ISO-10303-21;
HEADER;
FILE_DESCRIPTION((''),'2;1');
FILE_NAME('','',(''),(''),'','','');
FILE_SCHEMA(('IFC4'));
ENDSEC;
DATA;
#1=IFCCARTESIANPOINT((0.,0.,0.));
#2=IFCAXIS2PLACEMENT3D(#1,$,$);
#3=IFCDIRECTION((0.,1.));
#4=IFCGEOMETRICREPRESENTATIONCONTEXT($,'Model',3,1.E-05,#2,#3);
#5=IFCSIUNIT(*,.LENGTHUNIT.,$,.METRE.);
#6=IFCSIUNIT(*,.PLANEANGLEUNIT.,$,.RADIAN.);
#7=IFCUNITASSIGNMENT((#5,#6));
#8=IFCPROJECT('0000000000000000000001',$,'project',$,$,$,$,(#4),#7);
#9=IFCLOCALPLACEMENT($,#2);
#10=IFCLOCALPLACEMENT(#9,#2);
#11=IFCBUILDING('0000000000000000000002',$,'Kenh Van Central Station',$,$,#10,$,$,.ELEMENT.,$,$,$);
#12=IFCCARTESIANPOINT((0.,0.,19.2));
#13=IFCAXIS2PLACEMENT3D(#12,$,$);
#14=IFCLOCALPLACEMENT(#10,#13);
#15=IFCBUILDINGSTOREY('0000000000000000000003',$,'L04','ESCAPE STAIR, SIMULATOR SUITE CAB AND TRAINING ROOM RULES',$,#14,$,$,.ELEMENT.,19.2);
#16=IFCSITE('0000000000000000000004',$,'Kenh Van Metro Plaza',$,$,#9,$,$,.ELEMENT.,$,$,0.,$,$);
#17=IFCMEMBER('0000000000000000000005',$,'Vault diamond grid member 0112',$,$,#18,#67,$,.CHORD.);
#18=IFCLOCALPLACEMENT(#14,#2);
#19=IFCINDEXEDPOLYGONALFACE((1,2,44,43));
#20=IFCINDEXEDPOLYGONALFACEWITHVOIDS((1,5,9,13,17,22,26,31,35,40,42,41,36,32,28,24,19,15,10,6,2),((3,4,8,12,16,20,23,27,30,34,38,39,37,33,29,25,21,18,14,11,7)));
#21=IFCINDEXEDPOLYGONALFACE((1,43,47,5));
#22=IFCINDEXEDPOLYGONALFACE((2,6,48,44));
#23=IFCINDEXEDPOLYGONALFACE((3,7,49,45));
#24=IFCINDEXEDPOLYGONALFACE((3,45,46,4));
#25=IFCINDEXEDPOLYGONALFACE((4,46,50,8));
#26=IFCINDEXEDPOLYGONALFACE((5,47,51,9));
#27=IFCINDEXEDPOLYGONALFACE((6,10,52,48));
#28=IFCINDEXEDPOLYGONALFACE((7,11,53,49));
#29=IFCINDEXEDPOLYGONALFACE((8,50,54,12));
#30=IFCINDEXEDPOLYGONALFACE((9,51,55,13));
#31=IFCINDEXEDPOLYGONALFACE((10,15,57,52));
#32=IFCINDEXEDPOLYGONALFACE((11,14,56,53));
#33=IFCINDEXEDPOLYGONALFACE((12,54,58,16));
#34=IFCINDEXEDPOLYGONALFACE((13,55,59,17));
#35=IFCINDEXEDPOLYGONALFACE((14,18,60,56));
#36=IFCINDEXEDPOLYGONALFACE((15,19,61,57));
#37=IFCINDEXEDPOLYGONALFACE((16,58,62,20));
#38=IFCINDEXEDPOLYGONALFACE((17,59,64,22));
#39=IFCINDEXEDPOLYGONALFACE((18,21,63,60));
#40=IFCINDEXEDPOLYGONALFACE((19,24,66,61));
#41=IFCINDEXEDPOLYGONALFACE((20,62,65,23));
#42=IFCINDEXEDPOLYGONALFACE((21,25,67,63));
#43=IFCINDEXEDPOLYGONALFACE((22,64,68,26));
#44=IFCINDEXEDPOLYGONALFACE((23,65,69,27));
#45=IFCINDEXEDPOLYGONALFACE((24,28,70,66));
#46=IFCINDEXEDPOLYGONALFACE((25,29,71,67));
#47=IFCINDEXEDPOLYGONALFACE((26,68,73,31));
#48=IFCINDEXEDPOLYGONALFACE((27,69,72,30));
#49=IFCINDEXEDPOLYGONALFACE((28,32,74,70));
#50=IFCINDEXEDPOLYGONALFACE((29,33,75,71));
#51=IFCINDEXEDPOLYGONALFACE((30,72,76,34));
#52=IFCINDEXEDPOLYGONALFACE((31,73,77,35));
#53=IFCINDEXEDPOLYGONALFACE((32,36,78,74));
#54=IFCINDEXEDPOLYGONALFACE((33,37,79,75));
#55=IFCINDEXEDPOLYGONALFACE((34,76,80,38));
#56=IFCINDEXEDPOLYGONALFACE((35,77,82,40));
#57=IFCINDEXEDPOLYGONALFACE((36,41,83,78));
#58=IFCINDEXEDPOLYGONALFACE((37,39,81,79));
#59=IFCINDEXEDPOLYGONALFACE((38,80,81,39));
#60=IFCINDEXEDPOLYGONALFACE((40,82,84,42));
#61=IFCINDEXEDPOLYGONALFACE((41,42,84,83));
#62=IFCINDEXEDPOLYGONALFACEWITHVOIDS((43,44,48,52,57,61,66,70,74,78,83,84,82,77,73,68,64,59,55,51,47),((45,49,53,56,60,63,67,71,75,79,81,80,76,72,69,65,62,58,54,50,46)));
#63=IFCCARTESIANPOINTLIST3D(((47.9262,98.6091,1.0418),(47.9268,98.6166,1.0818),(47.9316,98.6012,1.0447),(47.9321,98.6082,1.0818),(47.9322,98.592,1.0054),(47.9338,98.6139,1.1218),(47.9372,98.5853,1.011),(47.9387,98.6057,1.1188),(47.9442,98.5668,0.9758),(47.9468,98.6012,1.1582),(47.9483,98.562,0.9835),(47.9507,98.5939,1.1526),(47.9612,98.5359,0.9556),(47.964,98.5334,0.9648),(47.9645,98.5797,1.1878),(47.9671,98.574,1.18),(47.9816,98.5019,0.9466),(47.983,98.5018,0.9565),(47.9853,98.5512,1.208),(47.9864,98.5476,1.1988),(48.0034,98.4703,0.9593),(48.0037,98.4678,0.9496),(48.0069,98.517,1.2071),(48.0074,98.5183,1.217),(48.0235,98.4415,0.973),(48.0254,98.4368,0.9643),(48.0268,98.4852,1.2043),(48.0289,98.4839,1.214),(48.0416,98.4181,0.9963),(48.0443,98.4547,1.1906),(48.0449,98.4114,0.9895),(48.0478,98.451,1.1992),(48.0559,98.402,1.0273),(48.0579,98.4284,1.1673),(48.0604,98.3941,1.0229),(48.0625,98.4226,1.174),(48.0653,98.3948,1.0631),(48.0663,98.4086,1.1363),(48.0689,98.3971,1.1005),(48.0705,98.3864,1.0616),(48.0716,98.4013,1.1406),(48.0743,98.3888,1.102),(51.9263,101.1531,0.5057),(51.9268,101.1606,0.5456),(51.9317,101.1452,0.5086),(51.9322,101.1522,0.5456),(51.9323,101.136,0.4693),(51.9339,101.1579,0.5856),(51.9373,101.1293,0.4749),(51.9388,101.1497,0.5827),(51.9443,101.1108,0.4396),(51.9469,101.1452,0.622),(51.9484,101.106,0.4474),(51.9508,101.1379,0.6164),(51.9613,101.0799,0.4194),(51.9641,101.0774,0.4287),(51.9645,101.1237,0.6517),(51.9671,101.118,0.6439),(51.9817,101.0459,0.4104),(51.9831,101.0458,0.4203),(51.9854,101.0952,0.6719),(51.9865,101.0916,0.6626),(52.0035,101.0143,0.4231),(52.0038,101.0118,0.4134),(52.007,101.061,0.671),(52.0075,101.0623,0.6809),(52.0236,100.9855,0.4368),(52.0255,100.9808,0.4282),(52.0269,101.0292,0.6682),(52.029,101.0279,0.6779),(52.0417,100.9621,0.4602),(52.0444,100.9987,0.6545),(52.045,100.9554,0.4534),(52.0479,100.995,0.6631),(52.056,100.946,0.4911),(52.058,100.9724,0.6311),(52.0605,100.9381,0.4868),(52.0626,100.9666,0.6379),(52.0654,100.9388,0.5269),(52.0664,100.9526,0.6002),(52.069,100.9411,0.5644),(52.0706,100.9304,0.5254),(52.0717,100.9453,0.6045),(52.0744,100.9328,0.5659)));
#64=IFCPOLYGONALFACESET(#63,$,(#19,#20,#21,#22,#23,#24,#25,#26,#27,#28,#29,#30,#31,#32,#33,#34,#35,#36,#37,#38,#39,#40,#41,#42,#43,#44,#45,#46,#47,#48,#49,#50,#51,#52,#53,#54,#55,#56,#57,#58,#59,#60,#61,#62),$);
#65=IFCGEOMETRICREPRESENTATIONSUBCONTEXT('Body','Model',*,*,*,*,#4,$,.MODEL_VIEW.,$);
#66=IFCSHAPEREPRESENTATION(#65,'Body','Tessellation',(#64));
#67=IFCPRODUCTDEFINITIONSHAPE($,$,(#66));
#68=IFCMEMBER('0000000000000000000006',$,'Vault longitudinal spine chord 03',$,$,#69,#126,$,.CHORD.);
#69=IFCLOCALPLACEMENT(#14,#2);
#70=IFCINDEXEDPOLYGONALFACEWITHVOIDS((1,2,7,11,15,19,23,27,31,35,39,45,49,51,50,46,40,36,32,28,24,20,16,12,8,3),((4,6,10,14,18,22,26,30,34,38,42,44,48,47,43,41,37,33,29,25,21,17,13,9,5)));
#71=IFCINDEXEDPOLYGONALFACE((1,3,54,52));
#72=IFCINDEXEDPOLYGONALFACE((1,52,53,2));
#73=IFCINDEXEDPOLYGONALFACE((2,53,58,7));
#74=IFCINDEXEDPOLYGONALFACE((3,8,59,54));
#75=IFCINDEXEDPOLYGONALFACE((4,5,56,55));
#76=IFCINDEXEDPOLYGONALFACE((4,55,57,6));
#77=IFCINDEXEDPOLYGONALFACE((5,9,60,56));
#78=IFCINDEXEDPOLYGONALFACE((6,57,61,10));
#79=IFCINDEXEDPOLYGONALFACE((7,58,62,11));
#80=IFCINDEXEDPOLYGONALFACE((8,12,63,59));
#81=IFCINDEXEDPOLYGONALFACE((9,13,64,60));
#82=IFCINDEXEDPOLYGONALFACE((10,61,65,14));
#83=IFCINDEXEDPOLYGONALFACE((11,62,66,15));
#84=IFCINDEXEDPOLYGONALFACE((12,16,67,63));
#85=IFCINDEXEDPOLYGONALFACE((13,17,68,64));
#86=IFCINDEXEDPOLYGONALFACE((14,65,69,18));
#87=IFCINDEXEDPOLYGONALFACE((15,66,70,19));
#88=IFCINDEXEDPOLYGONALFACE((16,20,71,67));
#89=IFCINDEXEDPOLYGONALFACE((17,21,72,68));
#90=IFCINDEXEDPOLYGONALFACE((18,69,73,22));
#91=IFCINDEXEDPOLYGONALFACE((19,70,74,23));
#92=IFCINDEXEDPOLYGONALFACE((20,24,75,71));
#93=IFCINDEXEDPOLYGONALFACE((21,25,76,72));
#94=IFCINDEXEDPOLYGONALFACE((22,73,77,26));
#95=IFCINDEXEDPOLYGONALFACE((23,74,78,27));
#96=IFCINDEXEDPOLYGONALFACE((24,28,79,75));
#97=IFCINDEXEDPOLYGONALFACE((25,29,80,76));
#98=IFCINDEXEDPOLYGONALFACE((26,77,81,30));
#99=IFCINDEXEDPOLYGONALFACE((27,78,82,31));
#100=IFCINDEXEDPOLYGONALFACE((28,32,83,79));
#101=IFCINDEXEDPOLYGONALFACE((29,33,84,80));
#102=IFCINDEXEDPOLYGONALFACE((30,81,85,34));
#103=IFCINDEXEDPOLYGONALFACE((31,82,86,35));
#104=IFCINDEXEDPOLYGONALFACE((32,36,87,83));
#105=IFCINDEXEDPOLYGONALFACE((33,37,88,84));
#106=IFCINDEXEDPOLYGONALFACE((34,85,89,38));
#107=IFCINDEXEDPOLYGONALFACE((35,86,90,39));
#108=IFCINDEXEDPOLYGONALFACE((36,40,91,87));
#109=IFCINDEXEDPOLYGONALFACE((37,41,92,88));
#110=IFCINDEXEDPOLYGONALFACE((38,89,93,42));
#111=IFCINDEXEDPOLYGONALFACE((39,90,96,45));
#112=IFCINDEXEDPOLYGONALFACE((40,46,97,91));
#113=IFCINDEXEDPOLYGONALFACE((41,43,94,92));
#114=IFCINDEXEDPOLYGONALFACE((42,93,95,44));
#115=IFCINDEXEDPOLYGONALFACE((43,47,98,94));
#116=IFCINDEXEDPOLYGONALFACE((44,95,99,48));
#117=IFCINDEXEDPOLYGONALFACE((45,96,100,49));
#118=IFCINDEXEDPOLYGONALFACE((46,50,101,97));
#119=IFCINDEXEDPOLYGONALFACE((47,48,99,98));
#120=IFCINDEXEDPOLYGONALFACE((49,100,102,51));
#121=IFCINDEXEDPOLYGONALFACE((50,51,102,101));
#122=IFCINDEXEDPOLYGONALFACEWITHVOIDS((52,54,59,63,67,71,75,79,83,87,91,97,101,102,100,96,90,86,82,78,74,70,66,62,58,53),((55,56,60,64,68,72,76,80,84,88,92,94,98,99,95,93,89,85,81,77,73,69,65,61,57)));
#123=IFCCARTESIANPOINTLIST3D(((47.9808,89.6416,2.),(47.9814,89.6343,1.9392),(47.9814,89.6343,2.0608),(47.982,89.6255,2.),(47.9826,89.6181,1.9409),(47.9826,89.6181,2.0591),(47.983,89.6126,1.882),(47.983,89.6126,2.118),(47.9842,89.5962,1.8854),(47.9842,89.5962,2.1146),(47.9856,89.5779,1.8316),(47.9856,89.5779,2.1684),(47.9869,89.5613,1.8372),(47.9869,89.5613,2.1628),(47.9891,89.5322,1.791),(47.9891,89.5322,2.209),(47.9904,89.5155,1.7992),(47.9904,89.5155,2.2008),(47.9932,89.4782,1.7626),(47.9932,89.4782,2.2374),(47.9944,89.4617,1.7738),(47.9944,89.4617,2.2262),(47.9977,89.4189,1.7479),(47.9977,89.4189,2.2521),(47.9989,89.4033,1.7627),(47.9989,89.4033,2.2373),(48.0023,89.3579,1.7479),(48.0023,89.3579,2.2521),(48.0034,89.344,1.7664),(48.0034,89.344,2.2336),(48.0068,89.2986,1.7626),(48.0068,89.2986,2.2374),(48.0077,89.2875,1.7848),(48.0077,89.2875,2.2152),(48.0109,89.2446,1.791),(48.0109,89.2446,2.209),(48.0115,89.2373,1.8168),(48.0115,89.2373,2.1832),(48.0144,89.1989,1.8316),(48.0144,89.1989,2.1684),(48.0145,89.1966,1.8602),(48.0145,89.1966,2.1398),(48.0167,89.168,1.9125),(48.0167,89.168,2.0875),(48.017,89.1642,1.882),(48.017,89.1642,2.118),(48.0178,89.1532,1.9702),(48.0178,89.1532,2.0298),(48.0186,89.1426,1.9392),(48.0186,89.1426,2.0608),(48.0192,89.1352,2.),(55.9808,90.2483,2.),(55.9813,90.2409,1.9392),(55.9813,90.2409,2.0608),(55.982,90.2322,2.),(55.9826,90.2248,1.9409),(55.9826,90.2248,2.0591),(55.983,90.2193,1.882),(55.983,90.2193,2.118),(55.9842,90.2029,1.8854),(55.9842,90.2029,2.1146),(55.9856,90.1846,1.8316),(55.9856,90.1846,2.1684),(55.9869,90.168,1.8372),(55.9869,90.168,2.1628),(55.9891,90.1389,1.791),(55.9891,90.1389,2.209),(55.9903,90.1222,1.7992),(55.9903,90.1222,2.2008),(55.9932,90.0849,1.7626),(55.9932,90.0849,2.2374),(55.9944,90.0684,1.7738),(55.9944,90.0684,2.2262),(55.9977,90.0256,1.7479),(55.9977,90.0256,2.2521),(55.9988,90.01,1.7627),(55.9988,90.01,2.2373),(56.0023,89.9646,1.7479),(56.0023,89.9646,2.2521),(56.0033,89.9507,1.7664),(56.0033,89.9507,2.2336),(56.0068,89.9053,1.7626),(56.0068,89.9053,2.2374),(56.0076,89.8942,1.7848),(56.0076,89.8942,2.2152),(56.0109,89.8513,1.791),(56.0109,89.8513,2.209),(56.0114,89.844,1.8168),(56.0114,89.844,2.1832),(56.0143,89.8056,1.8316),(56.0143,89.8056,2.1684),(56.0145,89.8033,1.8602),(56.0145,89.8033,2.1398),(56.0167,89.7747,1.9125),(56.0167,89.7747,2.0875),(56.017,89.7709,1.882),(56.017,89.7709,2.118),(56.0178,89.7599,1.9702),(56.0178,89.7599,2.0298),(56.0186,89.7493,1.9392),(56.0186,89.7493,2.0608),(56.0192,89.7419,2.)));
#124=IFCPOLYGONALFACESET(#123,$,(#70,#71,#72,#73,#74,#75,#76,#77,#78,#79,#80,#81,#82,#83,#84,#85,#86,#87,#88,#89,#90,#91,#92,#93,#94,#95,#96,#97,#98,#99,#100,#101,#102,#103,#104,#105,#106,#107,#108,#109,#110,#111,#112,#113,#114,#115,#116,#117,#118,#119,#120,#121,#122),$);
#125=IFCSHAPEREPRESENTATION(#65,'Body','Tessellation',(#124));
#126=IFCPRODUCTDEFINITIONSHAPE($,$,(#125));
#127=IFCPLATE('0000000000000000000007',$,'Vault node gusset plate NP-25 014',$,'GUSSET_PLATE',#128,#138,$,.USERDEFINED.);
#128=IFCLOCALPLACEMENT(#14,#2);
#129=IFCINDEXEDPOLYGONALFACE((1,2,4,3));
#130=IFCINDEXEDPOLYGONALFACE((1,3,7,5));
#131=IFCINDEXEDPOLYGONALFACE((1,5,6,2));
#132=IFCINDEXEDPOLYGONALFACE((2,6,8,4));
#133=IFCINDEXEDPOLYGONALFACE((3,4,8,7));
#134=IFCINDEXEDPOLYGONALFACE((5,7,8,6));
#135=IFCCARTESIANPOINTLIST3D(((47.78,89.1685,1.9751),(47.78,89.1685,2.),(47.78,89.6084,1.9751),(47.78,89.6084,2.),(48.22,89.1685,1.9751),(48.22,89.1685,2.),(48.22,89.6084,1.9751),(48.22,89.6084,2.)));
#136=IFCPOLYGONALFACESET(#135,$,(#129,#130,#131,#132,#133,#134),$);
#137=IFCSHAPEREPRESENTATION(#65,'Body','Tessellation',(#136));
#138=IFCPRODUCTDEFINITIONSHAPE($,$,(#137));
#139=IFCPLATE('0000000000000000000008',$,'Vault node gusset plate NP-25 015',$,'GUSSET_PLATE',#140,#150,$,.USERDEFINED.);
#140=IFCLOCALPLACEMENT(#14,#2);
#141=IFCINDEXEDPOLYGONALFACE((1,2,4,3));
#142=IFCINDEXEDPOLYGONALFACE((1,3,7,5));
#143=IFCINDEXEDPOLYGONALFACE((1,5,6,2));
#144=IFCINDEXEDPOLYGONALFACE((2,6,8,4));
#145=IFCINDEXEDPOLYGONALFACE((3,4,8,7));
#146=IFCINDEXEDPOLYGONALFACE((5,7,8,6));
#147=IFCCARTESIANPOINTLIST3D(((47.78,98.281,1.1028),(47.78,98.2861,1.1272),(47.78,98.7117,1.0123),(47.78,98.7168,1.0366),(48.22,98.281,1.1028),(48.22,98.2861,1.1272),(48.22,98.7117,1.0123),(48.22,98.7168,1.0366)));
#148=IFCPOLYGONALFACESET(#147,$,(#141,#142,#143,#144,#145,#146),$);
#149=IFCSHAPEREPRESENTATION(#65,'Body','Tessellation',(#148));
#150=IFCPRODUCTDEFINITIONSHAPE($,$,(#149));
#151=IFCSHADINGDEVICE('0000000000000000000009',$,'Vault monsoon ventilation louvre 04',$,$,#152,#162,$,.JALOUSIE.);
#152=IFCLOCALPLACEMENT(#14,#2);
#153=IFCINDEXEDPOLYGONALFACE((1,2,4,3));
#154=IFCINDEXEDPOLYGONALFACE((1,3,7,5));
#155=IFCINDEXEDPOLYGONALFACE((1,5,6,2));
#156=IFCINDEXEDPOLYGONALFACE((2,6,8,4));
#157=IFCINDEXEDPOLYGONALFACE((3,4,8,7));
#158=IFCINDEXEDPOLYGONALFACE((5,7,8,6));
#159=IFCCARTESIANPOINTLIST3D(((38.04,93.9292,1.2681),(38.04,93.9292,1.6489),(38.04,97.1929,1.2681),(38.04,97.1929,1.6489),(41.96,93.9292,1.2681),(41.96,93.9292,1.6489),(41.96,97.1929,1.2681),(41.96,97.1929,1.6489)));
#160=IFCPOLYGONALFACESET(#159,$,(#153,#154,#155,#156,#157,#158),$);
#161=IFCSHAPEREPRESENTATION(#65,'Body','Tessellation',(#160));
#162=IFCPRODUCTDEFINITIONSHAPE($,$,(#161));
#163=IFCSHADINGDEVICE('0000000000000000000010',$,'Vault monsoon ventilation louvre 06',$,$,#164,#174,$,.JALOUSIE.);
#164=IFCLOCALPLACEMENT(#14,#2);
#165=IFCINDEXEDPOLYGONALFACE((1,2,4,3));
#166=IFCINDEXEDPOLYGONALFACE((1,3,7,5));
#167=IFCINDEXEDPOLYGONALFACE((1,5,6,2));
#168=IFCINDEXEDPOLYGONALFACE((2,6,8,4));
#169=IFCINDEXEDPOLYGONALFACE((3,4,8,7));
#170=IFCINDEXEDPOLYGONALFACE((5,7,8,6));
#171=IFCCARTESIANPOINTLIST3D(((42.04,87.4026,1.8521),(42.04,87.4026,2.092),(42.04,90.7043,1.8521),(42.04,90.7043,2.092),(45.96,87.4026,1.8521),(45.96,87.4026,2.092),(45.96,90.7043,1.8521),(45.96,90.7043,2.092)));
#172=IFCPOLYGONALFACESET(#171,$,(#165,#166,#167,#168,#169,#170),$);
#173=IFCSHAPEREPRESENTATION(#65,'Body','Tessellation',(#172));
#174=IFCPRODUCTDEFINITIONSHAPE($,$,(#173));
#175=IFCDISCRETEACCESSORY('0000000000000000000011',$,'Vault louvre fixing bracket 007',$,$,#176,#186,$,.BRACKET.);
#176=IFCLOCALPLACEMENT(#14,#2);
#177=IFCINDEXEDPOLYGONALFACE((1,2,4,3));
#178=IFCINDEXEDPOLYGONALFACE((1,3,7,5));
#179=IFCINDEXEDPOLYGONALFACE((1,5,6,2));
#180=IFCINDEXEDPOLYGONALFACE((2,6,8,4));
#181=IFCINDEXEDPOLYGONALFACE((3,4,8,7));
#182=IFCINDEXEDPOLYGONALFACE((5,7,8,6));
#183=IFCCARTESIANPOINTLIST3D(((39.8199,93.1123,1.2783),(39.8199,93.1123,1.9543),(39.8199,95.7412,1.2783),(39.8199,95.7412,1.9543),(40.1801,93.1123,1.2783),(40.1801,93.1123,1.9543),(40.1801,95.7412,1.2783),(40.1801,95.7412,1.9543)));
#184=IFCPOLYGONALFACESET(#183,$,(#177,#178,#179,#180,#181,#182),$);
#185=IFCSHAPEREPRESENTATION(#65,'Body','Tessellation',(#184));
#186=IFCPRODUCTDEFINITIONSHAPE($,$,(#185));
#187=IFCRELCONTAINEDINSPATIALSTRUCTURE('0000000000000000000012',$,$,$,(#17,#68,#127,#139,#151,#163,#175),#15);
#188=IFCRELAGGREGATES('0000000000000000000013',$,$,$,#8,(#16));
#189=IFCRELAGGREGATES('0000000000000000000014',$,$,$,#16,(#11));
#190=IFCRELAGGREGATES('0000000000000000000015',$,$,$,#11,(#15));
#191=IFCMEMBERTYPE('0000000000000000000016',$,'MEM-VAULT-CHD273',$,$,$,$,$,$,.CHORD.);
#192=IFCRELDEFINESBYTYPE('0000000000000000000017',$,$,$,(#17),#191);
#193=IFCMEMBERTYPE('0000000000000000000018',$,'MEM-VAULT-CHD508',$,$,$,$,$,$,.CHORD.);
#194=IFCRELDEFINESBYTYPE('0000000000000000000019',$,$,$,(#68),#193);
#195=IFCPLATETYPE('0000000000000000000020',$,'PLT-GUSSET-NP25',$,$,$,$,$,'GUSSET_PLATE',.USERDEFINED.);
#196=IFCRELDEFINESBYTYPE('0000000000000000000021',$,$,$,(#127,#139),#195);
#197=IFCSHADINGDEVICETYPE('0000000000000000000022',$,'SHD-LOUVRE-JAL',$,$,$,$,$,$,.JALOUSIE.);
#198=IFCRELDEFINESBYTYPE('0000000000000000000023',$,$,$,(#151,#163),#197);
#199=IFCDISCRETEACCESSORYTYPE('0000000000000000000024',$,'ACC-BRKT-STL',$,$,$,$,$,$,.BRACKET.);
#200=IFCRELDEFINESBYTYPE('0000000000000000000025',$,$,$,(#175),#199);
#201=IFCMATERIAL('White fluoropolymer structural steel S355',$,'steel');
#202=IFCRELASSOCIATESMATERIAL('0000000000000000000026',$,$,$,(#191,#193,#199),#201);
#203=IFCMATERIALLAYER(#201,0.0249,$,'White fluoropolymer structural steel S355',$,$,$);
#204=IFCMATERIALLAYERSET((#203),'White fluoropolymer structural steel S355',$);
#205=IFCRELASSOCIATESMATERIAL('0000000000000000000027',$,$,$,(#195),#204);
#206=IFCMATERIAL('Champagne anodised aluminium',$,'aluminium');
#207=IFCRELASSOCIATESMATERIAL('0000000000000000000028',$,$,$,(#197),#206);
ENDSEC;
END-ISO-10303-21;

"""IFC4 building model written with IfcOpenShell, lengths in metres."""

from ifc_helpers import new_model, si_unit, direction, frame, origin, origin_2d, place, context, subcontext, project, spatial, polyline, rectangle, hollow_circle, outline, extrude, material, layer, layer_set, material_profile, profile_set, type_object, element, save


model = new_model("IFC4")

# Units and contexts
model_context = context("Model", 3, precision=1e-05, world=origin(), true_north=direction((0.0, 1.0)))
body_context = subcontext(model_context, "Body", "Model", "MODEL_VIEW")
ifc_project = project(units=[si_unit("LENGTHUNIT", "METRE"), si_unit("PLANEANGLEUNIT", "RADIAN")], contexts=[model_context])

# Site, building, storey
site_placement = place(None, origin())
site = spatial("IfcSite", under=ifc_project, at=site_placement, Name="Kenh Van Metro Plaza", CompositionType="ELEMENT", RefElevation=0.0)
building_placement = place(site_placement, origin())
building = spatial("IfcBuilding", under=site, at=building_placement, Name="Kenh Van Central Station", CompositionType="ELEMENT")
storey_placement = place(building_placement, frame((0.0, 0.0, 19.2)))
storey = spatial("IfcBuildingStorey", under=building, at=storey_placement, Name="L04", Description="ESCAPE STAIR, SIMULATOR SUITE CAB AND TRAINING ROOM RULES", CompositionType="ELEMENT", Elevation=19.2)

# Shared definitions
ifc_material_1 = material(Name="White fluoropolymer structural steel S355", Category="steel")

# Members
ifc_material_profile_1 = material_profile(ifc_material_1, hollow_circle(Radius=0.1365, WallThickness=0.01, at=origin_2d()), Name="CHS 273x10")
ifc_profile_set_1 = profile_set([ifc_material_profile_1], Name="White fluoropolymer structural steel S355")
member_type_1 = type_object("IfcMemberType", Name="MEM-VAULT-CHD273", PredefinedType="CHORD", material=ifc_profile_set_1)
member_1_placement = place(storey_placement, frame((48.0, 98.5015, 1.0818), z_axis=(0.83846, 0.533249, -0.112382), x_axis=(-0.536649, 0.843806, 0.0)))
element("IfcMember", 1, at=member_1_placement, inside=storey, type_object=member_type_1, Name="Vault diamond grid member 0112", PredefinedType="CHORD", context=body_context, shape_type="SweptSolid", body=[
    extrude(hollow_circle(Radius=0.1365, WallThickness=0.01, at=origin_2d()), origin(), (0.0, 0.0, 1.0), 4.7708),
])
ifc_material_profile_2 = material_profile(ifc_material_1, hollow_circle(Radius=0.2539, WallThickness=0.0161, at=origin_2d()), Name="CHS 508x16")
ifc_profile_set_2 = profile_set([ifc_material_profile_2], Name="White fluoropolymer structural steel S355")
member_type_2 = type_object("IfcMemberType", Name="MEM-VAULT-CHD508", PredefinedType="CHORD", material=ifc_profile_set_2)
member_2_placement = place(storey_placement, frame((48.0, 89.3884, 2.0), z_axis=(0.997137, 0.075619, 0.0), x_axis=(-0.075619, 0.997137, 0.0)))
element("IfcMember", 2, at=member_2_placement, inside=storey, type_object=member_type_2, Name="Vault longitudinal spine chord 03", PredefinedType="CHORD", context=body_context, shape_type="SweptSolid", body=[
    extrude(hollow_circle(Radius=0.2539, WallThickness=0.0161, at=origin_2d()), origin(), (0.0, 0.0, 1.0), 8.0229),
])

# Plates
ifc_layer_1 = layer(ifc_material_1, 0.0249, Name="White fluoropolymer structural steel S355")
ifc_layer_set_1 = layer_set([ifc_layer_1], Name="White fluoropolymer structural steel S355")
plate_type_1 = type_object("IfcPlateType", Name="PLT-GUSSET-NP25", ElementType="GUSSET_PLATE", PredefinedType="USERDEFINED", material=ifc_layer_set_1)
plate_1_placement = place(storey_placement, frame((47.78, 89.1685, 2.0), z_axis=(0.0, 0.0, 1.0), x_axis=(1.0, 0.0, 0.0)))
element("IfcPlate", 3, at=plate_1_placement, inside=storey, type_object=plate_type_1, Name="Vault node gusset plate NP-25 014", ObjectType="GUSSET_PLATE", PredefinedType="USERDEFINED", context=body_context, shape_type="SweptSolid", body=[
    extrude(outline(polyline([(0.0, 0.0), (0.4399, 0.0), (0.4399, 0.4399), (0.0, 0.4399), (0.0, 0.0)])), origin(), (0.0, 0.0, -1.0), 0.0249),
])
plate_2_placement = place(storey_placement, frame((47.78, 98.2861, 1.1272), z_axis=(0.0, 0.205815, 0.978591), x_axis=(1.0, 0.0, 0.0)))
element("IfcPlate", 4, at=plate_2_placement, inside=storey, type_object=plate_type_1, Name="Vault node gusset plate NP-25 015", ObjectType="GUSSET_PLATE", PredefinedType="USERDEFINED", context=body_context, shape_type="SweptSolid", body=[
    extrude(outline(polyline([(0.0, 0.0), (0.4399, 0.0), (0.4399, 0.4401), (0.0, 0.4401), (0.0, 0.0)])), origin(), (0.0, 0.0, -1.0), 0.0249),
])

# Shading devices
ifc_material_2 = material(Name="Champagne anodised aluminium", Category="aluminium")
shading_device_type = type_object("IfcShadingDeviceType", Name="SHD-LOUVRE-JAL", PredefinedType="JALOUSIE", material=ifc_material_2)
shading_device_1_placement = place(storey_placement, frame((40.0, 95.561, 1.2681), z_axis=(0.0, 0.0, 1.0), x_axis=(1.0, 0.0, 0.0)))
element("IfcShadingDevice", 5, at=shading_device_1_placement, inside=storey, type_object=shading_device_type, Name="Vault monsoon ventilation louvre 04", PredefinedType="JALOUSIE", context=body_context, shape_type="SweptSolid", body=[
    extrude(rectangle(XDim=3.9199, YDim=3.2637, at=origin_2d()), origin(), (0.0, 0.0, 1.0), 0.3809),
])
shading_device_2_placement = place(storey_placement, frame((44.0, 89.0535, 1.8521), z_axis=(0.0, 0.0, 1.0), x_axis=(1.0, 0.0, 0.0)))
element("IfcShadingDevice", 6, at=shading_device_2_placement, inside=storey, type_object=shading_device_type, Name="Vault monsoon ventilation louvre 06", PredefinedType="JALOUSIE", context=body_context, shape_type="SweptSolid", body=[
    extrude(rectangle(XDim=3.9199, YDim=3.3018, at=origin_2d()), origin(), (0.0, 0.0, 1.0), 0.24),
])

# Discrete accessory
discrete_accessory_type_1 = type_object("IfcDiscreteAccessoryType", Name="ACC-BRKT-STL", PredefinedType="BRACKET", material=ifc_material_1)
discrete_accessory_1_placement = place(storey_placement, frame((40.0, 94.4268, 1.2783), z_axis=(0.0, 0.0, 1.0), x_axis=(1.0, 0.0, 0.0)))
element("IfcDiscreteAccessory", 7, at=discrete_accessory_1_placement, inside=storey, type_object=discrete_accessory_type_1, Name="Vault louvre fixing bracket 007", PredefinedType="BRACKET", context=body_context, shape_type="SweptSolid", body=[
    extrude(rectangle(XDim=0.3601, YDim=2.6289, at=origin_2d()), origin(), (0.0, 0.0, 1.0), 0.676),
])

save(model, "model.ifc")
